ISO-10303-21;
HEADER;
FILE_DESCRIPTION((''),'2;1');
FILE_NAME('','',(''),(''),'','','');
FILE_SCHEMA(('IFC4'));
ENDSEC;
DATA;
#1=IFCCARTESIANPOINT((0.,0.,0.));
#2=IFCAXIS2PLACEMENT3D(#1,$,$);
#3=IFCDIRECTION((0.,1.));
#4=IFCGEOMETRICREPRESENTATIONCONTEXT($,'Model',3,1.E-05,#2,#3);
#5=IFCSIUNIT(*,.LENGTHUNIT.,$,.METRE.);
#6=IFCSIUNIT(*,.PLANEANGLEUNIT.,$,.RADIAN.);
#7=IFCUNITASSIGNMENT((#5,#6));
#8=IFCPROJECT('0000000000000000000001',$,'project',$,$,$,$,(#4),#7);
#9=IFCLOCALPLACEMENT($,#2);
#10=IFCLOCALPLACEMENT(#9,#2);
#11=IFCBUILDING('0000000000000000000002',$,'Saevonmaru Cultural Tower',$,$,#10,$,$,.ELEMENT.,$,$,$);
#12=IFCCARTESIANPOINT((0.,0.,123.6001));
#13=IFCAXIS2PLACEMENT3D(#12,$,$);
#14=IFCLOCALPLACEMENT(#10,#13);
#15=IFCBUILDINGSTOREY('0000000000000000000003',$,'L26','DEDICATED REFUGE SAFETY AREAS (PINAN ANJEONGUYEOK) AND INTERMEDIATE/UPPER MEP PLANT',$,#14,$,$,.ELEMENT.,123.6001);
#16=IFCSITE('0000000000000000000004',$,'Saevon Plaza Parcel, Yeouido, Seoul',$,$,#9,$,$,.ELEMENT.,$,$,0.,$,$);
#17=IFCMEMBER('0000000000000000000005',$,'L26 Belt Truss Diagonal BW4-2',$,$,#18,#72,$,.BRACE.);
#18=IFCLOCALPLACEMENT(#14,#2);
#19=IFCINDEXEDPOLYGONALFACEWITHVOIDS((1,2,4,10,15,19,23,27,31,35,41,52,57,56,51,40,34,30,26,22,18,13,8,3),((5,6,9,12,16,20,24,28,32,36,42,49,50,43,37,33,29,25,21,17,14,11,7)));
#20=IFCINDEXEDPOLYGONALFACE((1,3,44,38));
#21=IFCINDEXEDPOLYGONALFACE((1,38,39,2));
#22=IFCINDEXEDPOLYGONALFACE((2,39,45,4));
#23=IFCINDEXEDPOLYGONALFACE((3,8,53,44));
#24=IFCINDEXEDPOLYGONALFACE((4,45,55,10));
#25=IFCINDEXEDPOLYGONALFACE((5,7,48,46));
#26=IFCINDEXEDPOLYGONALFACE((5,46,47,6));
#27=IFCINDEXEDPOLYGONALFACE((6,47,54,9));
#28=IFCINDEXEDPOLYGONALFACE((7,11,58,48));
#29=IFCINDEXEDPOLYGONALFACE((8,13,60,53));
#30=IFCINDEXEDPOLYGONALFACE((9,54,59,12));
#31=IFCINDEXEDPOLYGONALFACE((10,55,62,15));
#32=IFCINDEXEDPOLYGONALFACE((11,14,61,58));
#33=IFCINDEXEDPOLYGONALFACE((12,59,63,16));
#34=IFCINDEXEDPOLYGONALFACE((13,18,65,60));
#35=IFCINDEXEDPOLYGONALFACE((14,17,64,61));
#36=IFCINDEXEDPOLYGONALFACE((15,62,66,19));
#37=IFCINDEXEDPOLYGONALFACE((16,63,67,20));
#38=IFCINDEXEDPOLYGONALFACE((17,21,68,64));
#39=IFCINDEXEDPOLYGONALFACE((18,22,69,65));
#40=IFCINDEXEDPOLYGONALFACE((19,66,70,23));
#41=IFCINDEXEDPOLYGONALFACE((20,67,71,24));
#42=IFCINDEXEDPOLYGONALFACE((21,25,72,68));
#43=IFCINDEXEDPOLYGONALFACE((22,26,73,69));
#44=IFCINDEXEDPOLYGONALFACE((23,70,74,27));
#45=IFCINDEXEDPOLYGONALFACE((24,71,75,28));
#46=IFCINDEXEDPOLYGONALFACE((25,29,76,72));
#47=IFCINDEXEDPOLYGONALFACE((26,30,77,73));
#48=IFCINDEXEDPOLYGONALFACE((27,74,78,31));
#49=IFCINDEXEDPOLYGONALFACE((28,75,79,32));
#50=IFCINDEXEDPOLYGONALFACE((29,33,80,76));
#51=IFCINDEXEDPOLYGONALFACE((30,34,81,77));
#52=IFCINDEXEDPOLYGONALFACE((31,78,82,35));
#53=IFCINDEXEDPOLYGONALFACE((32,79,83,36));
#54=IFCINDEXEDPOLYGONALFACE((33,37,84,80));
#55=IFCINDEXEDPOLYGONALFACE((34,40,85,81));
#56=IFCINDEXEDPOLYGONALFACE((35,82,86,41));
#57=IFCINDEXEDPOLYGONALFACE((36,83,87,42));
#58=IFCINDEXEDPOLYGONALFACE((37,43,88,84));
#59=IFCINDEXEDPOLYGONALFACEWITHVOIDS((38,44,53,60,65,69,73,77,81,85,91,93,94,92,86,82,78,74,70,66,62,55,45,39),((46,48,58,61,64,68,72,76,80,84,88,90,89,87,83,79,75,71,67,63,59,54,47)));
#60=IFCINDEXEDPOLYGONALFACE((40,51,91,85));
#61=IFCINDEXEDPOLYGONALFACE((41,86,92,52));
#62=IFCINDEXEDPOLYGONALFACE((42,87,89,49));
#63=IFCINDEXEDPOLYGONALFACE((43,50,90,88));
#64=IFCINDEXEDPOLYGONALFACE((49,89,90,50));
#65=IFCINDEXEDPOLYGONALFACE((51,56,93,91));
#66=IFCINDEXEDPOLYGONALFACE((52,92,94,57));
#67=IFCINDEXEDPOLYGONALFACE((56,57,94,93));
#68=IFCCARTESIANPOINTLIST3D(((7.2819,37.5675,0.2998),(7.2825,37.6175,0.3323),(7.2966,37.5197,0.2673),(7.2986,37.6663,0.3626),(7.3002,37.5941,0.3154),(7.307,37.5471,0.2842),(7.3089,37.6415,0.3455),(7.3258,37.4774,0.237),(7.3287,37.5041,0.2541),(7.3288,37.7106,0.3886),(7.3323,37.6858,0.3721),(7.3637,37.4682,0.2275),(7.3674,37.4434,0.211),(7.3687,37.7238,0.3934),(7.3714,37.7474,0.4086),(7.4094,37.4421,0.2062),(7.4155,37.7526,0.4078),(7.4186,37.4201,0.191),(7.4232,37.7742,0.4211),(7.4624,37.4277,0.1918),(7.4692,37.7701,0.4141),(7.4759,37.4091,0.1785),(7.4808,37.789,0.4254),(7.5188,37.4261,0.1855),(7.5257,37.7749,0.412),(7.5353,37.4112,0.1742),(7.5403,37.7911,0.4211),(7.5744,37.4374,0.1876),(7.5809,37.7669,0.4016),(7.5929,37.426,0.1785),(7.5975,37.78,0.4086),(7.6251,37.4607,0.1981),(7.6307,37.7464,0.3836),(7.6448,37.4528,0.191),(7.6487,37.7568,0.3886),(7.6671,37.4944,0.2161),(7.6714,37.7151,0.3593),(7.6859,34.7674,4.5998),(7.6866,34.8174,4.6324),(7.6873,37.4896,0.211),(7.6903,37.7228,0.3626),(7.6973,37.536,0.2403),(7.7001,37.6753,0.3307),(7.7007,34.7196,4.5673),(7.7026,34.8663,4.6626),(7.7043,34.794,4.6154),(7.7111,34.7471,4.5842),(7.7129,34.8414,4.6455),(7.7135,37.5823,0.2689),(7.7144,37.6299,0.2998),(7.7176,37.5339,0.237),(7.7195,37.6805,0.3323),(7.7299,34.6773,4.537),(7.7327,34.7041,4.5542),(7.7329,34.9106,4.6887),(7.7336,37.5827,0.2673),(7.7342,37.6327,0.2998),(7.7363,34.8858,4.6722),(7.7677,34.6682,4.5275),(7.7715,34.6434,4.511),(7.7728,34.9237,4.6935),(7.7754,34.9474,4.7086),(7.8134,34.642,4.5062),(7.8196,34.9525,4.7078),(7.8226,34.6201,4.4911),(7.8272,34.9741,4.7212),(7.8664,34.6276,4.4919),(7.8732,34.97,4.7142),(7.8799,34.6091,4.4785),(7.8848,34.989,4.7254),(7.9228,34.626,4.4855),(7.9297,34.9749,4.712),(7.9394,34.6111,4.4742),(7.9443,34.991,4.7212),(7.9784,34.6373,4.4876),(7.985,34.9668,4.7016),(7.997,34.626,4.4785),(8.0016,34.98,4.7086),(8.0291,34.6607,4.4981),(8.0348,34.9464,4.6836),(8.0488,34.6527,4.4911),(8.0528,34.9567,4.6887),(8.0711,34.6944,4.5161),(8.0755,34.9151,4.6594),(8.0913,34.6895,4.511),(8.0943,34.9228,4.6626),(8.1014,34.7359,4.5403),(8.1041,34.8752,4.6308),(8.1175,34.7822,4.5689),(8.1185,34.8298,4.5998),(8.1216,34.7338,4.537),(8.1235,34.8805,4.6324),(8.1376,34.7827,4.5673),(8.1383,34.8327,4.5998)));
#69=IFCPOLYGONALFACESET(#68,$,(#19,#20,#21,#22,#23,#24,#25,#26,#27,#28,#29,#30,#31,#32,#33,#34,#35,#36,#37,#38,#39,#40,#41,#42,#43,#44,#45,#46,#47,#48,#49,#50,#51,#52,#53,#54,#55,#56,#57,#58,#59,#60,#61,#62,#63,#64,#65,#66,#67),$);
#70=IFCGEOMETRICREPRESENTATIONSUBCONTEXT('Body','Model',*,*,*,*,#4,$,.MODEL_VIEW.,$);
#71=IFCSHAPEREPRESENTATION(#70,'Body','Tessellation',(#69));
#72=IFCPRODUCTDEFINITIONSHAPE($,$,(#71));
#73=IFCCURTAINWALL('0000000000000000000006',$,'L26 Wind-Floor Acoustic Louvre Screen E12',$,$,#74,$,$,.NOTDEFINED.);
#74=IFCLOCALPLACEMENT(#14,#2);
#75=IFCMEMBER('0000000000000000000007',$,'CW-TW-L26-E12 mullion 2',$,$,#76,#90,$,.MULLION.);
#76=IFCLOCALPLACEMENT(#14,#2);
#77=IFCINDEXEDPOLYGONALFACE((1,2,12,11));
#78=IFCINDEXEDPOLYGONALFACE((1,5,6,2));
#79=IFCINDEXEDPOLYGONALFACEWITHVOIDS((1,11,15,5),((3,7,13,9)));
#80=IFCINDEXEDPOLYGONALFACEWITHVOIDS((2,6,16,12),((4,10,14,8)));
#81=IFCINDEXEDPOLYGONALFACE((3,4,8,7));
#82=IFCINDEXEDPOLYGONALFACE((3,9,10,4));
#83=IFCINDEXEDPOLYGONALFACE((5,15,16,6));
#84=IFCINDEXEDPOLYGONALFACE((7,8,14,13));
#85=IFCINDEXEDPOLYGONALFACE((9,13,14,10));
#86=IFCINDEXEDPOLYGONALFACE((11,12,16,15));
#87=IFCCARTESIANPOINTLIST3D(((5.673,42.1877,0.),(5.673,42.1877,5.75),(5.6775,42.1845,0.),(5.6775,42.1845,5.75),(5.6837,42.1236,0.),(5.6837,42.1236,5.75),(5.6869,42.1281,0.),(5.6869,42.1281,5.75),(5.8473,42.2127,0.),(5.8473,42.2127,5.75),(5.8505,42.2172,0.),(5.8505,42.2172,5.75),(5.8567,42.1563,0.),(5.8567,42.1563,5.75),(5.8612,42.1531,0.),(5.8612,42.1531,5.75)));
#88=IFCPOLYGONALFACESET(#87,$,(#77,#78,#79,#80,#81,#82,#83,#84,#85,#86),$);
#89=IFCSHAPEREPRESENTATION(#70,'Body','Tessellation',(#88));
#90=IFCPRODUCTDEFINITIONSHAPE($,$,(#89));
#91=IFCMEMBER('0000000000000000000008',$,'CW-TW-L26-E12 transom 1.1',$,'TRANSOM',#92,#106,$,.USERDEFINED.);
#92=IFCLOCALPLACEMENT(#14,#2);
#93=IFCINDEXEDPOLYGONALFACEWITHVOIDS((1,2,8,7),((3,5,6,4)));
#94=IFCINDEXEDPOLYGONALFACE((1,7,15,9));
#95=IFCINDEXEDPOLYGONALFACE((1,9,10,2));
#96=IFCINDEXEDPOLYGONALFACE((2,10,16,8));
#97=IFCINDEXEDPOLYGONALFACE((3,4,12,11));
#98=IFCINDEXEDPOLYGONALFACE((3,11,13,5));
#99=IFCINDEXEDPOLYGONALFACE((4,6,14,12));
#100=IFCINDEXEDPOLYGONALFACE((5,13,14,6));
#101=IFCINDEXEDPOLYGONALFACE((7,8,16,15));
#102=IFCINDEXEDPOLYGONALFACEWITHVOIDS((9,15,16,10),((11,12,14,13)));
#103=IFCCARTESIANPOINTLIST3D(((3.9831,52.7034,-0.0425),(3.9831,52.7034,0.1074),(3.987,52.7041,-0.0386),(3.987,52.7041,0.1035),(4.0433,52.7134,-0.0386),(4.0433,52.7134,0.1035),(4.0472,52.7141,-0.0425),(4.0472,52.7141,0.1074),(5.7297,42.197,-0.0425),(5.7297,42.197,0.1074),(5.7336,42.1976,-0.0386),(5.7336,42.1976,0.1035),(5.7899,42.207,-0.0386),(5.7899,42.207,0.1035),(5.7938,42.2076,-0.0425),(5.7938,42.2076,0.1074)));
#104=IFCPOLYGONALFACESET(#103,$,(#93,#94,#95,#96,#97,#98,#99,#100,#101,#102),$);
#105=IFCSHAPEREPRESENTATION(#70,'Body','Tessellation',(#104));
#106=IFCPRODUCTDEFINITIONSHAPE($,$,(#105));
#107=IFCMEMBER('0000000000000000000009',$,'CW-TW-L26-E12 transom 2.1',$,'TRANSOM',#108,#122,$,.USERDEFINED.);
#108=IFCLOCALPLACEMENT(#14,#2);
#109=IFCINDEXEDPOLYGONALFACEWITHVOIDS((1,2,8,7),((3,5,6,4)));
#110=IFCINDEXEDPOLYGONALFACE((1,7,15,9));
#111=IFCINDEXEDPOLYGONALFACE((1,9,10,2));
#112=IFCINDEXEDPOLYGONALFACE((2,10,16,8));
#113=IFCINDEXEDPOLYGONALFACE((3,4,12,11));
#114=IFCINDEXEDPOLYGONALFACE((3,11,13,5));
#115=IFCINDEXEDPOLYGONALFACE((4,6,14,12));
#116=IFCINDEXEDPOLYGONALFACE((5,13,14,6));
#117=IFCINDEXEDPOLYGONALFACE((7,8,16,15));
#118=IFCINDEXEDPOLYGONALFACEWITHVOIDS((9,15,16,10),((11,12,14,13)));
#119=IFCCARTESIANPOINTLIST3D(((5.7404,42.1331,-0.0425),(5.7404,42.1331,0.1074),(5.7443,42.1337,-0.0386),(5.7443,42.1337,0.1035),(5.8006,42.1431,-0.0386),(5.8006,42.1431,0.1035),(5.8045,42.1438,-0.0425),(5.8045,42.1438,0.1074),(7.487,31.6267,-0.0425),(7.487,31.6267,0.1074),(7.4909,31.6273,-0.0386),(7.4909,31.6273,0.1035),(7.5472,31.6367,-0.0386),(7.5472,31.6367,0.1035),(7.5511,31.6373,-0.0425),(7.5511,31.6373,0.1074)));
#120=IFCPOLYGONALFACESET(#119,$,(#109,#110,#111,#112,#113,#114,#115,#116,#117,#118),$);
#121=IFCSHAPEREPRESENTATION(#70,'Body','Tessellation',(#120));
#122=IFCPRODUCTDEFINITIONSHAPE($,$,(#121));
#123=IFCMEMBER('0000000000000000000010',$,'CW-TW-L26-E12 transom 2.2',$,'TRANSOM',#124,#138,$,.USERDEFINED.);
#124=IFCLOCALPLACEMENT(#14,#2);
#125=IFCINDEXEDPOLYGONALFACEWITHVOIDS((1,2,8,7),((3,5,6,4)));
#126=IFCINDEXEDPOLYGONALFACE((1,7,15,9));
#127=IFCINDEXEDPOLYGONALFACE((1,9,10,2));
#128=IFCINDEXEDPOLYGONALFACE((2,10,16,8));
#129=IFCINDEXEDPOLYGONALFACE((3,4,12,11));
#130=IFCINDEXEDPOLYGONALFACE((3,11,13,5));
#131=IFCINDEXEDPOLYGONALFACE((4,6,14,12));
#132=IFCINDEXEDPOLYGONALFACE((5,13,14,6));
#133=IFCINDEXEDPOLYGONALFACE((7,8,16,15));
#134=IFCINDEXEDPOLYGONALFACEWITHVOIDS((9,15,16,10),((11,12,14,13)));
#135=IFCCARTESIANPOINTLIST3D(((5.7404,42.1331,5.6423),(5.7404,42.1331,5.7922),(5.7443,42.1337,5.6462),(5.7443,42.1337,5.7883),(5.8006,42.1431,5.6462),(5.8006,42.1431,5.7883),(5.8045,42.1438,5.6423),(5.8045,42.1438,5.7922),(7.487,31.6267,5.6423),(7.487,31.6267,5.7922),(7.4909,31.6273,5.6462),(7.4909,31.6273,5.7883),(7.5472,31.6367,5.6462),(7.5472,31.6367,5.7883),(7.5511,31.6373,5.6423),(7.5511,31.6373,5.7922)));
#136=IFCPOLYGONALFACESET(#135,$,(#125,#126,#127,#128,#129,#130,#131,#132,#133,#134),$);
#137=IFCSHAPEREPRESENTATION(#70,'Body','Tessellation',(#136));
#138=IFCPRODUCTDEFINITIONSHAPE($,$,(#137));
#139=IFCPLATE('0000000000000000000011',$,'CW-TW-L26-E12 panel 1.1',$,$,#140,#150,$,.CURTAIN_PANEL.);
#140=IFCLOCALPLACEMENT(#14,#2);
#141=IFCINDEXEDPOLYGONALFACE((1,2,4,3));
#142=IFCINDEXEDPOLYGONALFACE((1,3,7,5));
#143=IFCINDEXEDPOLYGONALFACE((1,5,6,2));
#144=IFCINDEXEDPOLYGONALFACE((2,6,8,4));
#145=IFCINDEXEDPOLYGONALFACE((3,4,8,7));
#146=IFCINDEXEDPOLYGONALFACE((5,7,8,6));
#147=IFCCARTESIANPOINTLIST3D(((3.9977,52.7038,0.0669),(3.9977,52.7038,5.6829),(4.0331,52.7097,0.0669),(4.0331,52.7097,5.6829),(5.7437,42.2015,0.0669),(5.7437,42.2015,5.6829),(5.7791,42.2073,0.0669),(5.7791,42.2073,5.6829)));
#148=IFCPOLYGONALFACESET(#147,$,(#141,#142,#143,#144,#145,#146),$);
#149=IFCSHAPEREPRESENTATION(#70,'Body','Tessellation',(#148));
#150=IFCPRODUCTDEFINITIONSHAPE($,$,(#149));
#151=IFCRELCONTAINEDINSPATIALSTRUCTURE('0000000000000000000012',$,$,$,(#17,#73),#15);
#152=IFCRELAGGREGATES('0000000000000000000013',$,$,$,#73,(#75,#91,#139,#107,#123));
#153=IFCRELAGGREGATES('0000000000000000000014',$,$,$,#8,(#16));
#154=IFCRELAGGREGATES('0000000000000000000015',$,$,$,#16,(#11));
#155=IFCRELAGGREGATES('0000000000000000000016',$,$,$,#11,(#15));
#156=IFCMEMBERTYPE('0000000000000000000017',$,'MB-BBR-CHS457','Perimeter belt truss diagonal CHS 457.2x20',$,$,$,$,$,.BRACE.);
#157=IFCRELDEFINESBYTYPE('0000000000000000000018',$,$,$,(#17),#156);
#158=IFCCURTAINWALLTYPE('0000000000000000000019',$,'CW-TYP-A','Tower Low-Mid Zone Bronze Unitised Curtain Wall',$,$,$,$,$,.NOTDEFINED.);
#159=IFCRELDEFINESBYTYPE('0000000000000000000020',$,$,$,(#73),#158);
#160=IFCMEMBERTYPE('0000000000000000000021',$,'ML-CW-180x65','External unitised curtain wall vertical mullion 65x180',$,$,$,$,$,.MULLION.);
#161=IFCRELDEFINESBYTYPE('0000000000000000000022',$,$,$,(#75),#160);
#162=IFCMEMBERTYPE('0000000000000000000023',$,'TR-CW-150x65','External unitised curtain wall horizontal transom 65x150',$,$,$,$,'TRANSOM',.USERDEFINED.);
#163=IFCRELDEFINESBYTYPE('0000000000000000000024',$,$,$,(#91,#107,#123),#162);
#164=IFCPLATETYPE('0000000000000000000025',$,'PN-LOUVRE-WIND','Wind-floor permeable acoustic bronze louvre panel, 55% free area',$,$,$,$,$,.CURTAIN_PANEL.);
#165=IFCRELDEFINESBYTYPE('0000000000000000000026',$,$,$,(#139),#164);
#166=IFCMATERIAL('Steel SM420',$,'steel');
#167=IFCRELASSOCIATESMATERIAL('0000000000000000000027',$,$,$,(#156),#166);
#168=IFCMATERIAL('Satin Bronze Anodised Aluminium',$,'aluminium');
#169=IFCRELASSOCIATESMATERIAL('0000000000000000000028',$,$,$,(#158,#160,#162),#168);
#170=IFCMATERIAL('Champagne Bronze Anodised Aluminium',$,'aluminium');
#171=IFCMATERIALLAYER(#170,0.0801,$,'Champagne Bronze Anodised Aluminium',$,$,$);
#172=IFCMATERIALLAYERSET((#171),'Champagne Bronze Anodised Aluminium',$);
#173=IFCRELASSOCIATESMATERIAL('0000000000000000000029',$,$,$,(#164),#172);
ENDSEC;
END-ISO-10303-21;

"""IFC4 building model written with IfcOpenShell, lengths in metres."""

from ifc_helpers import new_model, si_unit, direction, frame, origin, origin_2d, place, context, subcontext, project, spatial, rectangle, hollow_rectangle, hollow_circle, extrude, material, layer, layer_set, material_profile, profile_set, type_object, element, aggregate, save


model = new_model("IFC4")

# Units and contexts
model_context = context("Model", 3, precision=1e-05, world=origin(), true_north=direction((0.0, 1.0)))
body_context = subcontext(model_context, "Body", "Model", "MODEL_VIEW")
ifc_project = project(units=[si_unit("LENGTHUNIT", "METRE"), si_unit("PLANEANGLEUNIT", "RADIAN")], contexts=[model_context])

# Site, building, storey
site_placement = place(None, origin())
site = spatial("IfcSite", under=ifc_project, at=site_placement, Name="Saevon Plaza Parcel, Yeouido, Seoul", CompositionType="ELEMENT", RefElevation=0.0)
building_placement = place(site_placement, origin())
building = spatial("IfcBuilding", under=site, at=building_placement, Name="Saevonmaru Cultural Tower", CompositionType="ELEMENT")
storey_placement = place(building_placement, frame((0.0, 0.0, 123.6001)))
storey = spatial("IfcBuildingStorey", under=building, at=storey_placement, Name="L26", Description="DEDICATED REFUGE SAFETY AREAS (PINAN ANJEONGUYEOK) AND INTERMEDIATE/UPPER MEP PLANT", CompositionType="ELEMENT", Elevation=123.6001)

# Shared definitions
ifc_material_1 = material(Name="Steel SM420", Category="steel")

# Member
ifc_material_profile_1 = material_profile(ifc_material_1, hollow_circle(Radius=0.2285, WallThickness=0.02, at=origin_2d()), Name="CHS-457.2x20")
ifc_profile_set_1 = profile_set([ifc_material_profile_1], Name="Steel SM420")
member_type_1 = type_object("IfcMemberType", Name="MB-BBR-CHS457", Description="Perimeter belt truss diagonal CHS 457.2x20", PredefinedType="BRACE", material=ifc_profile_set_1)
member_1_placement = place(storey_placement, frame((7.5081, 37.6001, 0.2998), z_axis=(0.078499, -0.543992, 0.835411), x_axis=(0.989748, 0.142823, 0.0)))
element("IfcMember", 1, at=member_1_placement, inside=storey, type_object=member_type_1, Name="L26 Belt Truss Diagonal BW4-2", PredefinedType="BRACE", context=body_context, shape_type="SweptSolid", body=[
    extrude(hollow_circle(Radius=0.2285, WallThickness=0.02, at=origin_2d()), origin(), (0.0, 0.0, 1.0), 5.1472),
])

# Curtain wall, members, plate
ifc_material_2 = material(Name="Satin Bronze Anodised Aluminium", Category="aluminium")
curtain_wall_type = type_object("IfcCurtainWallType", Name="CW-TYP-A", Description="Tower Low-Mid Zone Bronze Unitised Curtain Wall", PredefinedType="NOTDEFINED", material=ifc_material_2)
curtain_wall_placement = place(storey_placement, origin())
curtain_wall = element("IfcCurtainWall", 2, at=curtain_wall_placement, inside=storey, type_object=curtain_wall_type, Name="L26 Wind-Floor Acoustic Louvre Screen E12", PredefinedType="NOTDEFINED")
ifc_material_profile_2 = material_profile(ifc_material_2, hollow_rectangle(XDim=0.0649, YDim=0.1799, WallThickness=0.0039, at=origin_2d()), Name="ALU-MULL-180x65x4")
ifc_profile_set_2 = profile_set([ifc_material_profile_2], Name="Satin Bronze Anodised Aluminium")
member_type_2 = type_object("IfcMemberType", Name="ML-CW-180x65", Description="External unitised curtain wall vertical mullion 65x180", PredefinedType="MULLION", material=ifc_profile_set_2)
member_2_placement = place(storey_placement, frame((5.7671, 42.1704, 0.0), z_axis=(0.0, 0.0, 1.0), x_axis=(0.163999, -0.986461, 0.0)))
member_2 = element("IfcMember", 3, at=member_2_placement, type_object=member_type_2, Name="CW-TW-L26-E12 mullion 2", PredefinedType="MULLION", context=body_context, shape_type="SweptSolid", body=[
    extrude(hollow_rectangle(XDim=0.0649, YDim=0.1799, WallThickness=0.0039, at=origin_2d()), origin(), (0.0, 0.0, 1.0), 5.75),
])
ifc_material_profile_3 = material_profile(ifc_material_2, hollow_rectangle(XDim=0.0649, YDim=0.1499, WallThickness=0.0039, at=origin_2d()), Name="ALU-TRAN-150x65x4")
ifc_profile_set_3 = profile_set([ifc_material_profile_3], Name="Satin Bronze Anodised Aluminium")
member_type_3 = type_object("IfcMemberType", Name="TR-CW-150x65", Description="External unitised curtain wall horizontal transom 65x150", ElementType="TRANSOM", PredefinedType="USERDEFINED", material=ifc_profile_set_3)
member_3_placement = place(storey_placement, frame((4.0151, 52.7087, 0.0325), z_axis=(0.16399, -0.986462, 0.0), x_axis=(0.986462, 0.16399, 0.0)))
member_3 = element("IfcMember", 4, at=member_3_placement, type_object=member_type_3, Name="CW-TW-L26-E12 transom 1.1", ObjectType="TRANSOM", PredefinedType="USERDEFINED", context=body_context, shape_type="SweptSolid", body=[
    extrude(hollow_rectangle(XDim=0.0649, YDim=0.1499, WallThickness=0.0039, at=origin_2d()), origin(), (0.0, 0.0, 1.0), 10.6506),
])
member_4_placement = place(storey_placement, frame((5.7725, 42.1384, 0.0325), z_axis=(0.16399, -0.986462, 0.0), x_axis=(0.986462, 0.16399, 0.0)))
member_4 = element("IfcMember", 5, at=member_4_placement, type_object=member_type_3, Name="CW-TW-L26-E12 transom 2.1", ObjectType="TRANSOM", PredefinedType="USERDEFINED", context=body_context, shape_type="SweptSolid", body=[
    extrude(hollow_rectangle(XDim=0.0649, YDim=0.1499, WallThickness=0.0039, at=origin_2d()), origin(), (0.0, 0.0, 1.0), 10.6506),
])
member_5_placement = place(storey_placement, frame((5.7725, 42.1384, 5.7173), z_axis=(0.16399, -0.986462, 0.0), x_axis=(0.986462, 0.16399, 0.0)))
member_5 = element("IfcMember", 6, at=member_5_placement, type_object=member_type_3, Name="CW-TW-L26-E12 transom 2.2", ObjectType="TRANSOM", PredefinedType="USERDEFINED", context=body_context, shape_type="SweptSolid", body=[
    extrude(hollow_rectangle(XDim=0.0649, YDim=0.1499, WallThickness=0.0039, at=origin_2d()), origin(), (0.0, 0.0, 1.0), 10.6506),
])
ifc_material_3 = material(Name="Champagne Bronze Anodised Aluminium", Category="aluminium")
ifc_layer_1 = layer(ifc_material_3, 0.0801, Name="Champagne Bronze Anodised Aluminium")
ifc_layer_set_1 = layer_set([ifc_layer_1], Name="Champagne Bronze Anodised Aluminium")
plate_type = type_object("IfcPlateType", Name="PN-LOUVRE-WIND", Description="Wind-floor permeable acoustic bronze louvre panel, 55% free area", PredefinedType="CURTAIN_PANEL", material=ifc_layer_set_1)
plate_placement = place(storey_placement, frame((4.8884, 47.4556, 0.0669), z_axis=(0.0, 0.0, 1.0), x_axis=(0.163999, -0.986461, 0.0)))
plate = element("IfcPlate", 7, at=plate_placement, type_object=plate_type, Name="CW-TW-L26-E12 panel 1.1", PredefinedType="CURTAIN_PANEL", context=body_context, shape_type="SweptSolid", body=[
    extrude(rectangle(XDim=10.6465, YDim=0.0359, at=origin_2d()), origin(), (0.0, 0.0, 1.0), 5.616),
])
aggregate(curtain_wall, [member_2, member_3, plate, member_4, member_5])

save(model, "model.ifc")
